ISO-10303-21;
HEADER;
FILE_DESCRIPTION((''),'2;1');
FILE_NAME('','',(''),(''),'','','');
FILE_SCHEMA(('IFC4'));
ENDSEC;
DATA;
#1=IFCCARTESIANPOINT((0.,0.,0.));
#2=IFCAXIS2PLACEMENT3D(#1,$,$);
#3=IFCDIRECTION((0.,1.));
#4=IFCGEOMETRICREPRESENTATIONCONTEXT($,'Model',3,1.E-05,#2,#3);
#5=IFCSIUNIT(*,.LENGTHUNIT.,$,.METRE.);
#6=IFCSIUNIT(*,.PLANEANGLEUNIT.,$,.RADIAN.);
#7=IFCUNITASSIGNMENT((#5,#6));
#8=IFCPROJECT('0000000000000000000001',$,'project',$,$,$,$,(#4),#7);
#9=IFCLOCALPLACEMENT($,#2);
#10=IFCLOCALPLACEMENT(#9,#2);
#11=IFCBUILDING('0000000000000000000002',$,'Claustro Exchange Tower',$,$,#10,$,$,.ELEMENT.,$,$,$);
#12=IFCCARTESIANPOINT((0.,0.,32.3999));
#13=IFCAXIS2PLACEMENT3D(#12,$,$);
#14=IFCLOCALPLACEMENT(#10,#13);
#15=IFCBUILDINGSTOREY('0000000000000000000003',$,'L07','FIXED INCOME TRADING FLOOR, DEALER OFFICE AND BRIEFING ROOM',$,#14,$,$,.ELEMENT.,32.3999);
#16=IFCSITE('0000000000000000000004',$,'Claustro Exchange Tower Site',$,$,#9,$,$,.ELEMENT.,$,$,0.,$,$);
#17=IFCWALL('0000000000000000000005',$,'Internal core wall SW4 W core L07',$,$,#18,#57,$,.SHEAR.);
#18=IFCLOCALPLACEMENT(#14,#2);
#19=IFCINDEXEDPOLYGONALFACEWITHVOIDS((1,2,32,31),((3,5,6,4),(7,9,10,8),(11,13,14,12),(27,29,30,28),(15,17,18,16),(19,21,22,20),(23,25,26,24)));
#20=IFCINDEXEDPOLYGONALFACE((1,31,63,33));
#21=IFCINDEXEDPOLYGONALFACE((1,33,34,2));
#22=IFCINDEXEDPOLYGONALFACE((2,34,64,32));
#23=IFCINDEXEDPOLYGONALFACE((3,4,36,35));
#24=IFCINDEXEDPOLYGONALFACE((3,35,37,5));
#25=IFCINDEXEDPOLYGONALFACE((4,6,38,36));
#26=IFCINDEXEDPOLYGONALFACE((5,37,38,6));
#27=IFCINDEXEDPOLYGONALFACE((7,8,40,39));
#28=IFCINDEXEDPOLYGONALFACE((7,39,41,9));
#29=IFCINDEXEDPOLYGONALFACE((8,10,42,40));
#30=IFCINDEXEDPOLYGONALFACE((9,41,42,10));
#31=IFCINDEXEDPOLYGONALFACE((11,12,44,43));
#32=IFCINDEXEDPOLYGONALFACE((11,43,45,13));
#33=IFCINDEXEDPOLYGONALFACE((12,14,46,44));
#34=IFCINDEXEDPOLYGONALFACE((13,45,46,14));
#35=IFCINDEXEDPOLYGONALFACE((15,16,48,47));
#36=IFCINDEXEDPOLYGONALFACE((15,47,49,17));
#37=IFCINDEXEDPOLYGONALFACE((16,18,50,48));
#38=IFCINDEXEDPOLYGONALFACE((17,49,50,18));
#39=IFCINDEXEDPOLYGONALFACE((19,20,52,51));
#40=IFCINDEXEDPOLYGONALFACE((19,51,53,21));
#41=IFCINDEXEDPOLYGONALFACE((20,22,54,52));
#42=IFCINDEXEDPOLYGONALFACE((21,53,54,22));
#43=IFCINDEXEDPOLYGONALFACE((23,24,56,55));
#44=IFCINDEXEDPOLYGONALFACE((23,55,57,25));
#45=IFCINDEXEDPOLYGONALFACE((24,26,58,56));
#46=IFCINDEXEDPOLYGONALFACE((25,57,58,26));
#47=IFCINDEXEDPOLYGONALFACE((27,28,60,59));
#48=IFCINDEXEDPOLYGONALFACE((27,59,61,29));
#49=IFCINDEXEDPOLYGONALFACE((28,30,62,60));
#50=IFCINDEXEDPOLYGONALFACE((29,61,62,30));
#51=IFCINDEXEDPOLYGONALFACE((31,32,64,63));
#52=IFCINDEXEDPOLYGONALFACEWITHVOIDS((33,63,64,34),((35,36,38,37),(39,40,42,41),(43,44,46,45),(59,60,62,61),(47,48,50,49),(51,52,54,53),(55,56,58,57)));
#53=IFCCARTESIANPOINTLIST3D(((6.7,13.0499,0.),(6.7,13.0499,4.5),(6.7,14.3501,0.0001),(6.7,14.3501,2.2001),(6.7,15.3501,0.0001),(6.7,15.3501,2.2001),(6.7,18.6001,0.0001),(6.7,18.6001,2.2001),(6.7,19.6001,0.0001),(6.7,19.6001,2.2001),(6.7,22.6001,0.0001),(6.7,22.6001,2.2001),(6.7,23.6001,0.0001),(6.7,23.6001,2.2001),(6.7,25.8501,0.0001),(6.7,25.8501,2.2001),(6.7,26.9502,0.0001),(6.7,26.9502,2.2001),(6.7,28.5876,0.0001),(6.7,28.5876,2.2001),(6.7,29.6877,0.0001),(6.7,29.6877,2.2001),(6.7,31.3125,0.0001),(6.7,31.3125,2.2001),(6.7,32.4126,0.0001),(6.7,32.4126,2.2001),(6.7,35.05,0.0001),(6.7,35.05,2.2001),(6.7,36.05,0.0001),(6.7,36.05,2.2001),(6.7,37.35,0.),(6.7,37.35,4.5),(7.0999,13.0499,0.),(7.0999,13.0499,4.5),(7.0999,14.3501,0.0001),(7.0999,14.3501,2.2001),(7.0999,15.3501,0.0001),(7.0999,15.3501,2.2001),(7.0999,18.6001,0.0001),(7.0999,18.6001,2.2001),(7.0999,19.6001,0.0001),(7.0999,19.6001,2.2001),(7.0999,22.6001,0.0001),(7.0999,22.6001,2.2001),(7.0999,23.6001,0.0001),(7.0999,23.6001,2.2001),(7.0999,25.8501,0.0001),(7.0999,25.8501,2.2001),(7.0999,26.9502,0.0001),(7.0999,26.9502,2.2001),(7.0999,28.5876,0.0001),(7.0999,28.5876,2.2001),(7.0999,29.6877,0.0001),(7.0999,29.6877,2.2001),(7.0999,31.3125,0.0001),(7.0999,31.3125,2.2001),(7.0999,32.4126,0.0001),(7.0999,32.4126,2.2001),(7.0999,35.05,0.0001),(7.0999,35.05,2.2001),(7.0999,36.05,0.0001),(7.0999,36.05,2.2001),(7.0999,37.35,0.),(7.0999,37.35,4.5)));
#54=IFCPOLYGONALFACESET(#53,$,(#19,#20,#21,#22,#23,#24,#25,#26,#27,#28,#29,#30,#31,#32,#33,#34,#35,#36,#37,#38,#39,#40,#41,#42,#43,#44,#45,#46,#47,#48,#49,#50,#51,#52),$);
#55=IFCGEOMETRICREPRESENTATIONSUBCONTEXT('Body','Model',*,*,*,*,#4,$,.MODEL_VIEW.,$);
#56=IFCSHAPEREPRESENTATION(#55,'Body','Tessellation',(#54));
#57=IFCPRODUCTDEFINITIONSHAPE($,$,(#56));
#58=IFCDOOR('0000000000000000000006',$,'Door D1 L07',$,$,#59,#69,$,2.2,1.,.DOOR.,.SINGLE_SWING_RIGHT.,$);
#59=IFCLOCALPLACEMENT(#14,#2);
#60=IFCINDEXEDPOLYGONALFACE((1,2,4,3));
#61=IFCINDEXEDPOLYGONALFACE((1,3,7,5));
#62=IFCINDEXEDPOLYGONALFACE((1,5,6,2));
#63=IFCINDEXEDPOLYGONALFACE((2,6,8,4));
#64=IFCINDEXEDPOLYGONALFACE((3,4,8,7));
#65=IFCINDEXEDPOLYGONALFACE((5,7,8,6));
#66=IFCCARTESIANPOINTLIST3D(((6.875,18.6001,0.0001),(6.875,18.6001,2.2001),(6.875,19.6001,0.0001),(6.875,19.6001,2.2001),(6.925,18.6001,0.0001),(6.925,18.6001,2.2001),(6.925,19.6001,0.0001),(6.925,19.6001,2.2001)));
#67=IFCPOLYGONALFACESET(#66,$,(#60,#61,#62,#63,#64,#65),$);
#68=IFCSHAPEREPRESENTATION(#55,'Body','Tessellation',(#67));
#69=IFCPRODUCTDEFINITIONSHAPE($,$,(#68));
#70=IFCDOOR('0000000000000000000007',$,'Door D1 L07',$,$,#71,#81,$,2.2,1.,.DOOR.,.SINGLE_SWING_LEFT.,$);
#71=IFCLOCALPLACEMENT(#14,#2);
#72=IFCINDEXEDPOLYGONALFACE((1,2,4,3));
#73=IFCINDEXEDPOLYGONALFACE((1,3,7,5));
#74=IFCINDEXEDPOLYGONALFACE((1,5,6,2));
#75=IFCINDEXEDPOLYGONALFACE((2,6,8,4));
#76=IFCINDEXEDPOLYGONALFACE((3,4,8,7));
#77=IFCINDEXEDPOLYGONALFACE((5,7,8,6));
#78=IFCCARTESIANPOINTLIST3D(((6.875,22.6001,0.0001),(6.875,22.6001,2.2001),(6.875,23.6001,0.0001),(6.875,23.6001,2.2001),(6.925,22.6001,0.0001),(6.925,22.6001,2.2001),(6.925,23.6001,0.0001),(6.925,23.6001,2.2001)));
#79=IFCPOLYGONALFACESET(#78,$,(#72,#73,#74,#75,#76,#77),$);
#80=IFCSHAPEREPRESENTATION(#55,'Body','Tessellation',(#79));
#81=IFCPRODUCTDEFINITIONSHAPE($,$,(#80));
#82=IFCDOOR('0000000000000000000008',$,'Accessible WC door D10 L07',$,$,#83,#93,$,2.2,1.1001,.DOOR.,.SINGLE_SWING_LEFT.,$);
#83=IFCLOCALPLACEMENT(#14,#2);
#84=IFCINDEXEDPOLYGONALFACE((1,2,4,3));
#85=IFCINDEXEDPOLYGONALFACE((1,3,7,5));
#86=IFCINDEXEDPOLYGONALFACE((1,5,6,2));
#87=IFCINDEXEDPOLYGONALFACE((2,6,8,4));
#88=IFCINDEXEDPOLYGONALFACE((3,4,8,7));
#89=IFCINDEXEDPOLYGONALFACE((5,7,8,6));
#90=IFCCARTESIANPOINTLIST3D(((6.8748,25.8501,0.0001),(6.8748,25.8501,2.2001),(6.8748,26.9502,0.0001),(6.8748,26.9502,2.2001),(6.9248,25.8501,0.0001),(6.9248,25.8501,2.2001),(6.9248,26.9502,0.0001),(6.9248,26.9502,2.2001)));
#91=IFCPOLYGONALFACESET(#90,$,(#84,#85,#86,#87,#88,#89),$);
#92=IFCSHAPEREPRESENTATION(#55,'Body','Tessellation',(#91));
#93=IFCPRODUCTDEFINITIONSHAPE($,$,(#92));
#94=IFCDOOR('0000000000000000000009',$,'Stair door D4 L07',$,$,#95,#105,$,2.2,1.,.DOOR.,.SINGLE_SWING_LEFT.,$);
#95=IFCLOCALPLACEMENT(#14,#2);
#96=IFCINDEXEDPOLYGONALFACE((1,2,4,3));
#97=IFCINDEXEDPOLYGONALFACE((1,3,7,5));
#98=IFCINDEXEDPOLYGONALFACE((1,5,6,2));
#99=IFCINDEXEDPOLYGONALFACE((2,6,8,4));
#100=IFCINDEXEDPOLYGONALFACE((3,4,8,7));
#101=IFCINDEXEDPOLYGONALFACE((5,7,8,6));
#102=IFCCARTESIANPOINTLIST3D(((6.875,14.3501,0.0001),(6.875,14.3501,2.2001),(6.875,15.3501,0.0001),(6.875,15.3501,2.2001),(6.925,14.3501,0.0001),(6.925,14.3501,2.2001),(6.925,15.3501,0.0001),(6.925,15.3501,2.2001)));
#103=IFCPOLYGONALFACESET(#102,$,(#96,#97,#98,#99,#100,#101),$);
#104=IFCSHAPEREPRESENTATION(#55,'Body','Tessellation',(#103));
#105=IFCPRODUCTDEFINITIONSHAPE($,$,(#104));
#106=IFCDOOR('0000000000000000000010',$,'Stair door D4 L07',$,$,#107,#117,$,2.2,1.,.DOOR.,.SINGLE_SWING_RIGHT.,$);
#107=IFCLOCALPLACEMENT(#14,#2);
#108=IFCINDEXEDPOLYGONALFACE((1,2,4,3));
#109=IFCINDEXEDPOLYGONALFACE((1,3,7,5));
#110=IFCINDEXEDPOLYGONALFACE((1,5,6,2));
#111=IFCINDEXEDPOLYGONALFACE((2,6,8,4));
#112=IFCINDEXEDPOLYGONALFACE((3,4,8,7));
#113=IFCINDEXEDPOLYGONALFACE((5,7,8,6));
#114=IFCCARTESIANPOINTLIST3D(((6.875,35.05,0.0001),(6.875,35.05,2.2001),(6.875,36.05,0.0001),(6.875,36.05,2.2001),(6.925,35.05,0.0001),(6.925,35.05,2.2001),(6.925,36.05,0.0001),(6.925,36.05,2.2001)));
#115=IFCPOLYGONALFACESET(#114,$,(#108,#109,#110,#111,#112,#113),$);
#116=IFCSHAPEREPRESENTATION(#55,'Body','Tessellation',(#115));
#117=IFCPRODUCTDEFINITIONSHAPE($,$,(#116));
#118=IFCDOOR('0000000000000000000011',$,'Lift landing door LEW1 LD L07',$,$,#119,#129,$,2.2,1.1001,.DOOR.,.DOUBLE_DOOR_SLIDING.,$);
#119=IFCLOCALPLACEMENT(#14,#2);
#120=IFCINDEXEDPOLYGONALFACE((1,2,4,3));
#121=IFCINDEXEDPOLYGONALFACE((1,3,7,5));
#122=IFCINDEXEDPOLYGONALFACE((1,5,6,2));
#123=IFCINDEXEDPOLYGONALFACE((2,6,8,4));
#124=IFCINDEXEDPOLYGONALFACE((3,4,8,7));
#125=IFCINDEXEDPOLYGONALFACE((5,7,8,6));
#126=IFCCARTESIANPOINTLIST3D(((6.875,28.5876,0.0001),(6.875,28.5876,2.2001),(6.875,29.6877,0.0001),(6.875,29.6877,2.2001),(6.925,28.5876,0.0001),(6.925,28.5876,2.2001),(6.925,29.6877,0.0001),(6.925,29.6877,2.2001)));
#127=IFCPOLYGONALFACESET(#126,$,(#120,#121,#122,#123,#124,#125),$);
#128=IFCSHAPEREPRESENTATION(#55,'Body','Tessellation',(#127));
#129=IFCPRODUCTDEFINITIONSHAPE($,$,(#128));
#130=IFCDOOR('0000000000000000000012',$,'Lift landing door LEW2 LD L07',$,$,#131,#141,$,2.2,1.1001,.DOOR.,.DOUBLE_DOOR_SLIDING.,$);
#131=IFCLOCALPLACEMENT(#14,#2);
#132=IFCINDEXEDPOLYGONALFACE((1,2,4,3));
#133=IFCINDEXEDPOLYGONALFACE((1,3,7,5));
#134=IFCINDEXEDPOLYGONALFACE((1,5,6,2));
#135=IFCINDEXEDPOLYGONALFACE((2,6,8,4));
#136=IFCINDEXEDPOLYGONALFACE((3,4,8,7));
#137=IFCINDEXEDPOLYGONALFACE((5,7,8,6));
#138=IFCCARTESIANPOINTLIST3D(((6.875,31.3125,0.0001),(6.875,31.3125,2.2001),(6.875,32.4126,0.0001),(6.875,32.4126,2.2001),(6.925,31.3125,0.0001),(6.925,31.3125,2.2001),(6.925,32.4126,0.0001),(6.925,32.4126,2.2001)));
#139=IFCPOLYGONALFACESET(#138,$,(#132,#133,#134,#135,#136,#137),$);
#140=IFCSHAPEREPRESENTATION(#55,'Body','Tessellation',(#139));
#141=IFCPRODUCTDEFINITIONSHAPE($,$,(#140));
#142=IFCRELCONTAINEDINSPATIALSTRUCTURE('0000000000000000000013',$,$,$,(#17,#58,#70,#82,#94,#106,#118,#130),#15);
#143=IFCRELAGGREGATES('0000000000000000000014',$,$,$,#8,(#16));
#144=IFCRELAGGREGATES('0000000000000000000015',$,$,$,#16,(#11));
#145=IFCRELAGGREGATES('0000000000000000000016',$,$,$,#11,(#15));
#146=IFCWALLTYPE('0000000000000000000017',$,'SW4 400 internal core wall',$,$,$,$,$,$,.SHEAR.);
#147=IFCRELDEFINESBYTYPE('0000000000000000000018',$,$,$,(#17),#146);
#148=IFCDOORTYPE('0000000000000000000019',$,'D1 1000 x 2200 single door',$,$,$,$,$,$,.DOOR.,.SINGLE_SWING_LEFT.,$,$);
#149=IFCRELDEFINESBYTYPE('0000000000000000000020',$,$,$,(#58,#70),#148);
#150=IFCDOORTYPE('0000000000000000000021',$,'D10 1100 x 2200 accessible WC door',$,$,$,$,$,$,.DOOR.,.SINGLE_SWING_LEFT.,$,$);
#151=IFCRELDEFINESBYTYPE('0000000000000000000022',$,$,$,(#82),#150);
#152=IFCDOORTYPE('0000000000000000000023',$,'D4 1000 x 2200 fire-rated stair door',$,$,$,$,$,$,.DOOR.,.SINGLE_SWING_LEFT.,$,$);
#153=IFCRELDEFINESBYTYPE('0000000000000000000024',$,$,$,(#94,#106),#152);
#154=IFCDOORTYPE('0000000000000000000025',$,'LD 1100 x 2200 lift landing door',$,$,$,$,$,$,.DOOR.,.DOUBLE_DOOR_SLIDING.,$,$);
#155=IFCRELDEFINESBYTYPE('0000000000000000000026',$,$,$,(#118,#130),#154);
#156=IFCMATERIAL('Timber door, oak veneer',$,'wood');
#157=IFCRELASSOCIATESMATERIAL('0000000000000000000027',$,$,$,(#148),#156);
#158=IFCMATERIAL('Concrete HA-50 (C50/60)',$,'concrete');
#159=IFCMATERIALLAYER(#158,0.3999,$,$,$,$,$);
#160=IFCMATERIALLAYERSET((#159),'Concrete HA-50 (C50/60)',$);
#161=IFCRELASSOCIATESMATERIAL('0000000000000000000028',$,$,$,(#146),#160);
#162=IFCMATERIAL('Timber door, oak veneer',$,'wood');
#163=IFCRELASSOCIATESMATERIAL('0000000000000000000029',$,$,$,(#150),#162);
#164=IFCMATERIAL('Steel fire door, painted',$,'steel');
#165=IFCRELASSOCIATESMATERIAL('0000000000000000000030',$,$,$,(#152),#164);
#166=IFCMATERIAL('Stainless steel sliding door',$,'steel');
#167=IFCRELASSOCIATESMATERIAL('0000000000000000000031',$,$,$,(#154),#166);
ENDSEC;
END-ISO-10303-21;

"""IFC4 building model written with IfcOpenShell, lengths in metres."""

from ifc_helpers import new_model, si_unit, direction, frame, frame_2d, origin, place, context, subcontext, project, spatial, rectangle, extrude, material, layer, layer_set, type_object, element, fill, save


model = new_model("IFC4")

# Units and contexts
model_context = context("Model", 3, precision=1e-05, world=origin(), true_north=direction((0.0, 1.0)))
body_context = subcontext(model_context, "Body", "Model", "MODEL_VIEW")
ifc_project = project(units=[si_unit("LENGTHUNIT", "METRE"), si_unit("PLANEANGLEUNIT", "RADIAN")], contexts=[model_context])

# Site, building, storey
site_placement = place(None, origin())
site = spatial("IfcSite", under=ifc_project, at=site_placement, Name="Claustro Exchange Tower Site", CompositionType="ELEMENT", RefElevation=0.0)
building_placement = place(site_placement, origin())
building = spatial("IfcBuilding", under=site, at=building_placement, Name="Claustro Exchange Tower", CompositionType="ELEMENT")
storey_placement = place(building_placement, frame((0.0, 0.0, 32.3999)))
storey = spatial("IfcBuildingStorey", under=building, at=storey_placement, Name="L07", Description="FIXED INCOME TRADING FLOOR, DEALER OFFICE AND BRIEFING ROOM", CompositionType="ELEMENT", Elevation=32.3999)

# Shared definitions
ifc_material_1 = material(Name="Timber door, oak veneer", Category="wood")
door_type_1 = type_object("IfcDoorType", Name="D1 1000 x 2200 single door", OperationType="SINGLE_SWING_LEFT", PredefinedType="DOOR", material=ifc_material_1)

# Wall, openings, doors
ifc_material_2 = material(Name="Concrete HA-50 (C50/60)", Category="concrete")
ifc_layer_1 = layer(ifc_material_2, 0.3999)
ifc_layer_set_1 = layer_set([ifc_layer_1], Name="Concrete HA-50 (C50/60)")
wall_type_1 = type_object("IfcWallType", Name="SW4 400 internal core wall", PredefinedType="SHEAR", material=ifc_layer_set_1)
wall_1_placement = place(storey_placement, frame((6.8999, 13.05, 0.0), z_axis=(0.0, 0.0, 1.0), x_axis=(0.0, 1.0, 0.0)))
wall_1 = element("IfcWall", 1, at=wall_1_placement, inside=storey, type_object=wall_type_1, Name="Internal core wall SW4 W core L07", PredefinedType="SHEAR", context=body_context, shape_type="SweptSolid", body=[
    extrude(rectangle(XDim=24.3, YDim=0.3999, at=frame_2d((12.1499, 0.0))), origin(), (0.0, 0.0, 1.0), 4.5),
])
opening_1_placement = place(wall_1_placement, frame((1.3, 0.0, 0.0)))
opening_1 = element("IfcOpeningElement", 2, at=opening_1_placement, cuts=wall_1, PredefinedType="OPENING", context=body_context, shape_type="SweptSolid", body=[
    extrude(rectangle(XDim=1.0, YDim=2.2, at=frame_2d((0.5, 1.1001))), frame((0.0, 0.21, 0.0), z_axis=(0.0, -1.0, 0.0), x_axis=(1.0, 0.0, 0.0)), (0.0, 0.0, 1.0), 0.4199),
])
opening_2_placement = place(wall_1_placement, frame((22.0, 0.0, 0.0)))
opening_2 = element("IfcOpeningElement", 3, at=opening_2_placement, cuts=wall_1, PredefinedType="OPENING", context=body_context, shape_type="SweptSolid", body=[
    extrude(rectangle(XDim=1.0, YDim=2.2, at=frame_2d((0.5, 1.1001))), frame((0.0, 0.21, 0.0), z_axis=(0.0, -1.0, 0.0), x_axis=(1.0, 0.0, 0.0)), (0.0, 0.0, 1.0), 0.4199),
])
opening_3_placement = place(wall_1_placement, frame((5.55, 0.0, 0.0)))
opening_3 = element("IfcOpeningElement", 4, at=opening_3_placement, cuts=wall_1, PredefinedType="OPENING", context=body_context, shape_type="SweptSolid", body=[
    extrude(rectangle(XDim=1.0, YDim=2.2, at=frame_2d((0.5, 1.1001))), frame((0.0, 0.21, 0.0), z_axis=(0.0, -1.0, 0.0), x_axis=(1.0, 0.0, 0.0)), (0.0, 0.0, 1.0), 0.4199),
])
opening_4_placement = place(wall_1_placement, frame((9.55, 0.0, 0.0)))
opening_4 = element("IfcOpeningElement", 5, at=opening_4_placement, cuts=wall_1, PredefinedType="OPENING", context=body_context, shape_type="SweptSolid", body=[
    extrude(rectangle(XDim=1.0, YDim=2.2, at=frame_2d((0.5, 1.1001))), frame((0.0, 0.21, 0.0), z_axis=(0.0, -1.0, 0.0), x_axis=(1.0, 0.0, 0.0)), (0.0, 0.0, 1.0), 0.4199),
])
opening_5_placement = place(wall_1_placement, frame((12.8, 0.0, 0.0)))
opening_5 = element("IfcOpeningElement", 6, at=opening_5_placement, cuts=wall_1, PredefinedType="OPENING", context=body_context, shape_type="SweptSolid", body=[
    extrude(rectangle(XDim=1.1001, YDim=2.2, at=frame_2d((0.55, 1.1001))), frame((0.0, 0.21, 0.0), z_axis=(0.0, -1.0, 0.0), x_axis=(1.0, 0.0, 0.0)), (0.0, 0.0, 1.0), 0.4199),
])
opening_6_placement = place(wall_1_placement, frame((15.5376, 0.0, 0.0)))
opening_6 = element("IfcOpeningElement", 7, at=opening_6_placement, cuts=wall_1, PredefinedType="OPENING", context=body_context, shape_type="SweptSolid", body=[
    extrude(rectangle(XDim=1.1001, YDim=2.2, at=frame_2d((0.55, 1.1001))), frame((0.0, 0.21, 0.0), z_axis=(0.0, -1.0, 0.0), x_axis=(1.0, 0.0, 0.0)), (0.0, 0.0, 1.0), 0.4199),
])
opening_7_placement = place(wall_1_placement, frame((18.2625, 0.0, 0.0)))
opening_7 = element("IfcOpeningElement", 8, at=opening_7_placement, cuts=wall_1, PredefinedType="OPENING", context=body_context, shape_type="SweptSolid", body=[
    extrude(rectangle(XDim=1.1001, YDim=2.2, at=frame_2d((0.55, 1.1001))), frame((0.0, 0.21, 0.0), z_axis=(0.0, -1.0, 0.0), x_axis=(1.0, 0.0, 0.0)), (0.0, 0.0, 1.0), 0.4199),
])
door_1_placement = place(opening_3_placement, origin())
door_1 = element("IfcDoor", 9, at=door_1_placement, inside=storey, type_object=door_type_1, Name="Door D1 L07", OperationType="SINGLE_SWING_RIGHT", OverallHeight=2.2, OverallWidth=1.0, PredefinedType="DOOR", context=body_context, shape_type="SweptSolid", body=[
    extrude(rectangle(XDim=1.0, YDim=2.2, at=frame_2d((0.5, 1.1001))), frame((0.0, 0.0249, 0.0), z_axis=(0.0, -1.0, 0.0), x_axis=(1.0, 0.0, 0.0)), (0.0, 0.0, 1.0), 0.05),
])
fill(opening_3, door_1)
door_2_placement = place(opening_4_placement, origin())
door_2 = element("IfcDoor", 10, at=door_2_placement, inside=storey, type_object=door_type_1, Name="Door D1 L07", OperationType="SINGLE_SWING_LEFT", OverallHeight=2.2, OverallWidth=1.0, PredefinedType="DOOR", context=body_context, shape_type="SweptSolid", body=[
    extrude(rectangle(XDim=1.0, YDim=2.2, at=frame_2d((0.5, 1.1001))), frame((0.0, 0.0249, 0.0), z_axis=(0.0, -1.0, 0.0), x_axis=(1.0, 0.0, 0.0)), (0.0, 0.0, 1.0), 0.05),
])
fill(opening_4, door_2)
ifc_material_3 = material(Name="Timber door, oak veneer", Category="wood")
door_type_2 = type_object("IfcDoorType", Name="D10 1100 x 2200 accessible WC door", OperationType="SINGLE_SWING_LEFT", PredefinedType="DOOR", material=ifc_material_3)
door_3_placement = place(opening_5_placement, frame((1.1001, 0.0, 0.0), z_axis=(0.0, 0.0, 1.0), x_axis=(-1.0, 0.0, 0.0)))
door_3 = element("IfcDoor", 11, at=door_3_placement, inside=storey, type_object=door_type_2, Name="Accessible WC door D10 L07", OperationType="SINGLE_SWING_LEFT", OverallHeight=2.2, OverallWidth=1.1001, PredefinedType="DOOR", context=body_context, shape_type="SweptSolid", body=[
    extrude(rectangle(XDim=1.1001, YDim=2.2, at=frame_2d((0.55, 1.1001))), frame((0.0, 0.0249, 0.0), z_axis=(0.0, -1.0, 0.0), x_axis=(1.0, 0.0, 0.0)), (0.0, 0.0, 1.0), 0.05),
])
fill(opening_5, door_3)
ifc_material_4 = material(Name="Steel fire door, painted", Category="steel")
door_type_3 = type_object("IfcDoorType", Name="D4 1000 x 2200 fire-rated stair door", OperationType="SINGLE_SWING_LEFT", PredefinedType="DOOR", material=ifc_material_4)
door_4_placement = place(opening_1_placement, origin())
door_4 = element("IfcDoor", 12, at=door_4_placement, inside=storey, type_object=door_type_3, Name="Stair door D4 L07", OperationType="SINGLE_SWING_LEFT", OverallHeight=2.2, OverallWidth=1.0, PredefinedType="DOOR", context=body_context, shape_type="SweptSolid", body=[
    extrude(rectangle(XDim=1.0, YDim=2.2, at=frame_2d((0.5, 1.1001))), frame((0.0, 0.0249, 0.0), z_axis=(0.0, -1.0, 0.0), x_axis=(1.0, 0.0, 0.0)), (0.0, 0.0, 1.0), 0.05),
])
fill(opening_1, door_4)
door_5_placement = place(opening_2_placement, origin())
door_5 = element("IfcDoor", 13, at=door_5_placement, inside=storey, type_object=door_type_3, Name="Stair door D4 L07", OperationType="SINGLE_SWING_RIGHT", OverallHeight=2.2, OverallWidth=1.0, PredefinedType="DOOR", context=body_context, shape_type="SweptSolid", body=[
    extrude(rectangle(XDim=1.0, YDim=2.2, at=frame_2d((0.5, 1.1001))), frame((0.0, 0.0249, 0.0), z_axis=(0.0, -1.0, 0.0), x_axis=(1.0, 0.0, 0.0)), (0.0, 0.0, 1.0), 0.05),
])
fill(opening_2, door_5)
ifc_material_5 = material(Name="Stainless steel sliding door", Category="steel")
door_type_4 = type_object("IfcDoorType", Name="LD 1100 x 2200 lift landing door", OperationType="DOUBLE_DOOR_SLIDING", PredefinedType="DOOR", material=ifc_material_5)
door_6_placement = place(opening_6_placement, origin())
door_6 = element("IfcDoor", 14, at=door_6_placement, inside=storey, type_object=door_type_4, Name="Lift landing door LEW1 LD L07", OperationType="DOUBLE_DOOR_SLIDING", OverallHeight=2.2, OverallWidth=1.1001, PredefinedType="DOOR", context=body_context, shape_type="SweptSolid", body=[
    extrude(rectangle(XDim=1.1001, YDim=2.2, at=frame_2d((0.55, 1.1001))), frame((0.0, 0.0249, 0.0), z_axis=(0.0, -1.0, 0.0), x_axis=(1.0, 0.0, 0.0)), (0.0, 0.0, 1.0), 0.05),
])
fill(opening_6, door_6)
door_7_placement = place(opening_7_placement, origin())
door_7 = element("IfcDoor", 15, at=door_7_placement, inside=storey, type_object=door_type_4, Name="Lift landing door LEW2 LD L07", OperationType="DOUBLE_DOOR_SLIDING", OverallHeight=2.2, OverallWidth=1.1001, PredefinedType="DOOR", context=body_context, shape_type="SweptSolid", body=[
    extrude(rectangle(XDim=1.1001, YDim=2.2, at=frame_2d((0.55, 1.1001))), frame((0.0, 0.0249, 0.0), z_axis=(0.0, -1.0, 0.0), x_axis=(1.0, 0.0, 0.0)), (0.0, 0.0, 1.0), 0.05),
])
fill(opening_7, door_7)

save(model, "model.ifc")
